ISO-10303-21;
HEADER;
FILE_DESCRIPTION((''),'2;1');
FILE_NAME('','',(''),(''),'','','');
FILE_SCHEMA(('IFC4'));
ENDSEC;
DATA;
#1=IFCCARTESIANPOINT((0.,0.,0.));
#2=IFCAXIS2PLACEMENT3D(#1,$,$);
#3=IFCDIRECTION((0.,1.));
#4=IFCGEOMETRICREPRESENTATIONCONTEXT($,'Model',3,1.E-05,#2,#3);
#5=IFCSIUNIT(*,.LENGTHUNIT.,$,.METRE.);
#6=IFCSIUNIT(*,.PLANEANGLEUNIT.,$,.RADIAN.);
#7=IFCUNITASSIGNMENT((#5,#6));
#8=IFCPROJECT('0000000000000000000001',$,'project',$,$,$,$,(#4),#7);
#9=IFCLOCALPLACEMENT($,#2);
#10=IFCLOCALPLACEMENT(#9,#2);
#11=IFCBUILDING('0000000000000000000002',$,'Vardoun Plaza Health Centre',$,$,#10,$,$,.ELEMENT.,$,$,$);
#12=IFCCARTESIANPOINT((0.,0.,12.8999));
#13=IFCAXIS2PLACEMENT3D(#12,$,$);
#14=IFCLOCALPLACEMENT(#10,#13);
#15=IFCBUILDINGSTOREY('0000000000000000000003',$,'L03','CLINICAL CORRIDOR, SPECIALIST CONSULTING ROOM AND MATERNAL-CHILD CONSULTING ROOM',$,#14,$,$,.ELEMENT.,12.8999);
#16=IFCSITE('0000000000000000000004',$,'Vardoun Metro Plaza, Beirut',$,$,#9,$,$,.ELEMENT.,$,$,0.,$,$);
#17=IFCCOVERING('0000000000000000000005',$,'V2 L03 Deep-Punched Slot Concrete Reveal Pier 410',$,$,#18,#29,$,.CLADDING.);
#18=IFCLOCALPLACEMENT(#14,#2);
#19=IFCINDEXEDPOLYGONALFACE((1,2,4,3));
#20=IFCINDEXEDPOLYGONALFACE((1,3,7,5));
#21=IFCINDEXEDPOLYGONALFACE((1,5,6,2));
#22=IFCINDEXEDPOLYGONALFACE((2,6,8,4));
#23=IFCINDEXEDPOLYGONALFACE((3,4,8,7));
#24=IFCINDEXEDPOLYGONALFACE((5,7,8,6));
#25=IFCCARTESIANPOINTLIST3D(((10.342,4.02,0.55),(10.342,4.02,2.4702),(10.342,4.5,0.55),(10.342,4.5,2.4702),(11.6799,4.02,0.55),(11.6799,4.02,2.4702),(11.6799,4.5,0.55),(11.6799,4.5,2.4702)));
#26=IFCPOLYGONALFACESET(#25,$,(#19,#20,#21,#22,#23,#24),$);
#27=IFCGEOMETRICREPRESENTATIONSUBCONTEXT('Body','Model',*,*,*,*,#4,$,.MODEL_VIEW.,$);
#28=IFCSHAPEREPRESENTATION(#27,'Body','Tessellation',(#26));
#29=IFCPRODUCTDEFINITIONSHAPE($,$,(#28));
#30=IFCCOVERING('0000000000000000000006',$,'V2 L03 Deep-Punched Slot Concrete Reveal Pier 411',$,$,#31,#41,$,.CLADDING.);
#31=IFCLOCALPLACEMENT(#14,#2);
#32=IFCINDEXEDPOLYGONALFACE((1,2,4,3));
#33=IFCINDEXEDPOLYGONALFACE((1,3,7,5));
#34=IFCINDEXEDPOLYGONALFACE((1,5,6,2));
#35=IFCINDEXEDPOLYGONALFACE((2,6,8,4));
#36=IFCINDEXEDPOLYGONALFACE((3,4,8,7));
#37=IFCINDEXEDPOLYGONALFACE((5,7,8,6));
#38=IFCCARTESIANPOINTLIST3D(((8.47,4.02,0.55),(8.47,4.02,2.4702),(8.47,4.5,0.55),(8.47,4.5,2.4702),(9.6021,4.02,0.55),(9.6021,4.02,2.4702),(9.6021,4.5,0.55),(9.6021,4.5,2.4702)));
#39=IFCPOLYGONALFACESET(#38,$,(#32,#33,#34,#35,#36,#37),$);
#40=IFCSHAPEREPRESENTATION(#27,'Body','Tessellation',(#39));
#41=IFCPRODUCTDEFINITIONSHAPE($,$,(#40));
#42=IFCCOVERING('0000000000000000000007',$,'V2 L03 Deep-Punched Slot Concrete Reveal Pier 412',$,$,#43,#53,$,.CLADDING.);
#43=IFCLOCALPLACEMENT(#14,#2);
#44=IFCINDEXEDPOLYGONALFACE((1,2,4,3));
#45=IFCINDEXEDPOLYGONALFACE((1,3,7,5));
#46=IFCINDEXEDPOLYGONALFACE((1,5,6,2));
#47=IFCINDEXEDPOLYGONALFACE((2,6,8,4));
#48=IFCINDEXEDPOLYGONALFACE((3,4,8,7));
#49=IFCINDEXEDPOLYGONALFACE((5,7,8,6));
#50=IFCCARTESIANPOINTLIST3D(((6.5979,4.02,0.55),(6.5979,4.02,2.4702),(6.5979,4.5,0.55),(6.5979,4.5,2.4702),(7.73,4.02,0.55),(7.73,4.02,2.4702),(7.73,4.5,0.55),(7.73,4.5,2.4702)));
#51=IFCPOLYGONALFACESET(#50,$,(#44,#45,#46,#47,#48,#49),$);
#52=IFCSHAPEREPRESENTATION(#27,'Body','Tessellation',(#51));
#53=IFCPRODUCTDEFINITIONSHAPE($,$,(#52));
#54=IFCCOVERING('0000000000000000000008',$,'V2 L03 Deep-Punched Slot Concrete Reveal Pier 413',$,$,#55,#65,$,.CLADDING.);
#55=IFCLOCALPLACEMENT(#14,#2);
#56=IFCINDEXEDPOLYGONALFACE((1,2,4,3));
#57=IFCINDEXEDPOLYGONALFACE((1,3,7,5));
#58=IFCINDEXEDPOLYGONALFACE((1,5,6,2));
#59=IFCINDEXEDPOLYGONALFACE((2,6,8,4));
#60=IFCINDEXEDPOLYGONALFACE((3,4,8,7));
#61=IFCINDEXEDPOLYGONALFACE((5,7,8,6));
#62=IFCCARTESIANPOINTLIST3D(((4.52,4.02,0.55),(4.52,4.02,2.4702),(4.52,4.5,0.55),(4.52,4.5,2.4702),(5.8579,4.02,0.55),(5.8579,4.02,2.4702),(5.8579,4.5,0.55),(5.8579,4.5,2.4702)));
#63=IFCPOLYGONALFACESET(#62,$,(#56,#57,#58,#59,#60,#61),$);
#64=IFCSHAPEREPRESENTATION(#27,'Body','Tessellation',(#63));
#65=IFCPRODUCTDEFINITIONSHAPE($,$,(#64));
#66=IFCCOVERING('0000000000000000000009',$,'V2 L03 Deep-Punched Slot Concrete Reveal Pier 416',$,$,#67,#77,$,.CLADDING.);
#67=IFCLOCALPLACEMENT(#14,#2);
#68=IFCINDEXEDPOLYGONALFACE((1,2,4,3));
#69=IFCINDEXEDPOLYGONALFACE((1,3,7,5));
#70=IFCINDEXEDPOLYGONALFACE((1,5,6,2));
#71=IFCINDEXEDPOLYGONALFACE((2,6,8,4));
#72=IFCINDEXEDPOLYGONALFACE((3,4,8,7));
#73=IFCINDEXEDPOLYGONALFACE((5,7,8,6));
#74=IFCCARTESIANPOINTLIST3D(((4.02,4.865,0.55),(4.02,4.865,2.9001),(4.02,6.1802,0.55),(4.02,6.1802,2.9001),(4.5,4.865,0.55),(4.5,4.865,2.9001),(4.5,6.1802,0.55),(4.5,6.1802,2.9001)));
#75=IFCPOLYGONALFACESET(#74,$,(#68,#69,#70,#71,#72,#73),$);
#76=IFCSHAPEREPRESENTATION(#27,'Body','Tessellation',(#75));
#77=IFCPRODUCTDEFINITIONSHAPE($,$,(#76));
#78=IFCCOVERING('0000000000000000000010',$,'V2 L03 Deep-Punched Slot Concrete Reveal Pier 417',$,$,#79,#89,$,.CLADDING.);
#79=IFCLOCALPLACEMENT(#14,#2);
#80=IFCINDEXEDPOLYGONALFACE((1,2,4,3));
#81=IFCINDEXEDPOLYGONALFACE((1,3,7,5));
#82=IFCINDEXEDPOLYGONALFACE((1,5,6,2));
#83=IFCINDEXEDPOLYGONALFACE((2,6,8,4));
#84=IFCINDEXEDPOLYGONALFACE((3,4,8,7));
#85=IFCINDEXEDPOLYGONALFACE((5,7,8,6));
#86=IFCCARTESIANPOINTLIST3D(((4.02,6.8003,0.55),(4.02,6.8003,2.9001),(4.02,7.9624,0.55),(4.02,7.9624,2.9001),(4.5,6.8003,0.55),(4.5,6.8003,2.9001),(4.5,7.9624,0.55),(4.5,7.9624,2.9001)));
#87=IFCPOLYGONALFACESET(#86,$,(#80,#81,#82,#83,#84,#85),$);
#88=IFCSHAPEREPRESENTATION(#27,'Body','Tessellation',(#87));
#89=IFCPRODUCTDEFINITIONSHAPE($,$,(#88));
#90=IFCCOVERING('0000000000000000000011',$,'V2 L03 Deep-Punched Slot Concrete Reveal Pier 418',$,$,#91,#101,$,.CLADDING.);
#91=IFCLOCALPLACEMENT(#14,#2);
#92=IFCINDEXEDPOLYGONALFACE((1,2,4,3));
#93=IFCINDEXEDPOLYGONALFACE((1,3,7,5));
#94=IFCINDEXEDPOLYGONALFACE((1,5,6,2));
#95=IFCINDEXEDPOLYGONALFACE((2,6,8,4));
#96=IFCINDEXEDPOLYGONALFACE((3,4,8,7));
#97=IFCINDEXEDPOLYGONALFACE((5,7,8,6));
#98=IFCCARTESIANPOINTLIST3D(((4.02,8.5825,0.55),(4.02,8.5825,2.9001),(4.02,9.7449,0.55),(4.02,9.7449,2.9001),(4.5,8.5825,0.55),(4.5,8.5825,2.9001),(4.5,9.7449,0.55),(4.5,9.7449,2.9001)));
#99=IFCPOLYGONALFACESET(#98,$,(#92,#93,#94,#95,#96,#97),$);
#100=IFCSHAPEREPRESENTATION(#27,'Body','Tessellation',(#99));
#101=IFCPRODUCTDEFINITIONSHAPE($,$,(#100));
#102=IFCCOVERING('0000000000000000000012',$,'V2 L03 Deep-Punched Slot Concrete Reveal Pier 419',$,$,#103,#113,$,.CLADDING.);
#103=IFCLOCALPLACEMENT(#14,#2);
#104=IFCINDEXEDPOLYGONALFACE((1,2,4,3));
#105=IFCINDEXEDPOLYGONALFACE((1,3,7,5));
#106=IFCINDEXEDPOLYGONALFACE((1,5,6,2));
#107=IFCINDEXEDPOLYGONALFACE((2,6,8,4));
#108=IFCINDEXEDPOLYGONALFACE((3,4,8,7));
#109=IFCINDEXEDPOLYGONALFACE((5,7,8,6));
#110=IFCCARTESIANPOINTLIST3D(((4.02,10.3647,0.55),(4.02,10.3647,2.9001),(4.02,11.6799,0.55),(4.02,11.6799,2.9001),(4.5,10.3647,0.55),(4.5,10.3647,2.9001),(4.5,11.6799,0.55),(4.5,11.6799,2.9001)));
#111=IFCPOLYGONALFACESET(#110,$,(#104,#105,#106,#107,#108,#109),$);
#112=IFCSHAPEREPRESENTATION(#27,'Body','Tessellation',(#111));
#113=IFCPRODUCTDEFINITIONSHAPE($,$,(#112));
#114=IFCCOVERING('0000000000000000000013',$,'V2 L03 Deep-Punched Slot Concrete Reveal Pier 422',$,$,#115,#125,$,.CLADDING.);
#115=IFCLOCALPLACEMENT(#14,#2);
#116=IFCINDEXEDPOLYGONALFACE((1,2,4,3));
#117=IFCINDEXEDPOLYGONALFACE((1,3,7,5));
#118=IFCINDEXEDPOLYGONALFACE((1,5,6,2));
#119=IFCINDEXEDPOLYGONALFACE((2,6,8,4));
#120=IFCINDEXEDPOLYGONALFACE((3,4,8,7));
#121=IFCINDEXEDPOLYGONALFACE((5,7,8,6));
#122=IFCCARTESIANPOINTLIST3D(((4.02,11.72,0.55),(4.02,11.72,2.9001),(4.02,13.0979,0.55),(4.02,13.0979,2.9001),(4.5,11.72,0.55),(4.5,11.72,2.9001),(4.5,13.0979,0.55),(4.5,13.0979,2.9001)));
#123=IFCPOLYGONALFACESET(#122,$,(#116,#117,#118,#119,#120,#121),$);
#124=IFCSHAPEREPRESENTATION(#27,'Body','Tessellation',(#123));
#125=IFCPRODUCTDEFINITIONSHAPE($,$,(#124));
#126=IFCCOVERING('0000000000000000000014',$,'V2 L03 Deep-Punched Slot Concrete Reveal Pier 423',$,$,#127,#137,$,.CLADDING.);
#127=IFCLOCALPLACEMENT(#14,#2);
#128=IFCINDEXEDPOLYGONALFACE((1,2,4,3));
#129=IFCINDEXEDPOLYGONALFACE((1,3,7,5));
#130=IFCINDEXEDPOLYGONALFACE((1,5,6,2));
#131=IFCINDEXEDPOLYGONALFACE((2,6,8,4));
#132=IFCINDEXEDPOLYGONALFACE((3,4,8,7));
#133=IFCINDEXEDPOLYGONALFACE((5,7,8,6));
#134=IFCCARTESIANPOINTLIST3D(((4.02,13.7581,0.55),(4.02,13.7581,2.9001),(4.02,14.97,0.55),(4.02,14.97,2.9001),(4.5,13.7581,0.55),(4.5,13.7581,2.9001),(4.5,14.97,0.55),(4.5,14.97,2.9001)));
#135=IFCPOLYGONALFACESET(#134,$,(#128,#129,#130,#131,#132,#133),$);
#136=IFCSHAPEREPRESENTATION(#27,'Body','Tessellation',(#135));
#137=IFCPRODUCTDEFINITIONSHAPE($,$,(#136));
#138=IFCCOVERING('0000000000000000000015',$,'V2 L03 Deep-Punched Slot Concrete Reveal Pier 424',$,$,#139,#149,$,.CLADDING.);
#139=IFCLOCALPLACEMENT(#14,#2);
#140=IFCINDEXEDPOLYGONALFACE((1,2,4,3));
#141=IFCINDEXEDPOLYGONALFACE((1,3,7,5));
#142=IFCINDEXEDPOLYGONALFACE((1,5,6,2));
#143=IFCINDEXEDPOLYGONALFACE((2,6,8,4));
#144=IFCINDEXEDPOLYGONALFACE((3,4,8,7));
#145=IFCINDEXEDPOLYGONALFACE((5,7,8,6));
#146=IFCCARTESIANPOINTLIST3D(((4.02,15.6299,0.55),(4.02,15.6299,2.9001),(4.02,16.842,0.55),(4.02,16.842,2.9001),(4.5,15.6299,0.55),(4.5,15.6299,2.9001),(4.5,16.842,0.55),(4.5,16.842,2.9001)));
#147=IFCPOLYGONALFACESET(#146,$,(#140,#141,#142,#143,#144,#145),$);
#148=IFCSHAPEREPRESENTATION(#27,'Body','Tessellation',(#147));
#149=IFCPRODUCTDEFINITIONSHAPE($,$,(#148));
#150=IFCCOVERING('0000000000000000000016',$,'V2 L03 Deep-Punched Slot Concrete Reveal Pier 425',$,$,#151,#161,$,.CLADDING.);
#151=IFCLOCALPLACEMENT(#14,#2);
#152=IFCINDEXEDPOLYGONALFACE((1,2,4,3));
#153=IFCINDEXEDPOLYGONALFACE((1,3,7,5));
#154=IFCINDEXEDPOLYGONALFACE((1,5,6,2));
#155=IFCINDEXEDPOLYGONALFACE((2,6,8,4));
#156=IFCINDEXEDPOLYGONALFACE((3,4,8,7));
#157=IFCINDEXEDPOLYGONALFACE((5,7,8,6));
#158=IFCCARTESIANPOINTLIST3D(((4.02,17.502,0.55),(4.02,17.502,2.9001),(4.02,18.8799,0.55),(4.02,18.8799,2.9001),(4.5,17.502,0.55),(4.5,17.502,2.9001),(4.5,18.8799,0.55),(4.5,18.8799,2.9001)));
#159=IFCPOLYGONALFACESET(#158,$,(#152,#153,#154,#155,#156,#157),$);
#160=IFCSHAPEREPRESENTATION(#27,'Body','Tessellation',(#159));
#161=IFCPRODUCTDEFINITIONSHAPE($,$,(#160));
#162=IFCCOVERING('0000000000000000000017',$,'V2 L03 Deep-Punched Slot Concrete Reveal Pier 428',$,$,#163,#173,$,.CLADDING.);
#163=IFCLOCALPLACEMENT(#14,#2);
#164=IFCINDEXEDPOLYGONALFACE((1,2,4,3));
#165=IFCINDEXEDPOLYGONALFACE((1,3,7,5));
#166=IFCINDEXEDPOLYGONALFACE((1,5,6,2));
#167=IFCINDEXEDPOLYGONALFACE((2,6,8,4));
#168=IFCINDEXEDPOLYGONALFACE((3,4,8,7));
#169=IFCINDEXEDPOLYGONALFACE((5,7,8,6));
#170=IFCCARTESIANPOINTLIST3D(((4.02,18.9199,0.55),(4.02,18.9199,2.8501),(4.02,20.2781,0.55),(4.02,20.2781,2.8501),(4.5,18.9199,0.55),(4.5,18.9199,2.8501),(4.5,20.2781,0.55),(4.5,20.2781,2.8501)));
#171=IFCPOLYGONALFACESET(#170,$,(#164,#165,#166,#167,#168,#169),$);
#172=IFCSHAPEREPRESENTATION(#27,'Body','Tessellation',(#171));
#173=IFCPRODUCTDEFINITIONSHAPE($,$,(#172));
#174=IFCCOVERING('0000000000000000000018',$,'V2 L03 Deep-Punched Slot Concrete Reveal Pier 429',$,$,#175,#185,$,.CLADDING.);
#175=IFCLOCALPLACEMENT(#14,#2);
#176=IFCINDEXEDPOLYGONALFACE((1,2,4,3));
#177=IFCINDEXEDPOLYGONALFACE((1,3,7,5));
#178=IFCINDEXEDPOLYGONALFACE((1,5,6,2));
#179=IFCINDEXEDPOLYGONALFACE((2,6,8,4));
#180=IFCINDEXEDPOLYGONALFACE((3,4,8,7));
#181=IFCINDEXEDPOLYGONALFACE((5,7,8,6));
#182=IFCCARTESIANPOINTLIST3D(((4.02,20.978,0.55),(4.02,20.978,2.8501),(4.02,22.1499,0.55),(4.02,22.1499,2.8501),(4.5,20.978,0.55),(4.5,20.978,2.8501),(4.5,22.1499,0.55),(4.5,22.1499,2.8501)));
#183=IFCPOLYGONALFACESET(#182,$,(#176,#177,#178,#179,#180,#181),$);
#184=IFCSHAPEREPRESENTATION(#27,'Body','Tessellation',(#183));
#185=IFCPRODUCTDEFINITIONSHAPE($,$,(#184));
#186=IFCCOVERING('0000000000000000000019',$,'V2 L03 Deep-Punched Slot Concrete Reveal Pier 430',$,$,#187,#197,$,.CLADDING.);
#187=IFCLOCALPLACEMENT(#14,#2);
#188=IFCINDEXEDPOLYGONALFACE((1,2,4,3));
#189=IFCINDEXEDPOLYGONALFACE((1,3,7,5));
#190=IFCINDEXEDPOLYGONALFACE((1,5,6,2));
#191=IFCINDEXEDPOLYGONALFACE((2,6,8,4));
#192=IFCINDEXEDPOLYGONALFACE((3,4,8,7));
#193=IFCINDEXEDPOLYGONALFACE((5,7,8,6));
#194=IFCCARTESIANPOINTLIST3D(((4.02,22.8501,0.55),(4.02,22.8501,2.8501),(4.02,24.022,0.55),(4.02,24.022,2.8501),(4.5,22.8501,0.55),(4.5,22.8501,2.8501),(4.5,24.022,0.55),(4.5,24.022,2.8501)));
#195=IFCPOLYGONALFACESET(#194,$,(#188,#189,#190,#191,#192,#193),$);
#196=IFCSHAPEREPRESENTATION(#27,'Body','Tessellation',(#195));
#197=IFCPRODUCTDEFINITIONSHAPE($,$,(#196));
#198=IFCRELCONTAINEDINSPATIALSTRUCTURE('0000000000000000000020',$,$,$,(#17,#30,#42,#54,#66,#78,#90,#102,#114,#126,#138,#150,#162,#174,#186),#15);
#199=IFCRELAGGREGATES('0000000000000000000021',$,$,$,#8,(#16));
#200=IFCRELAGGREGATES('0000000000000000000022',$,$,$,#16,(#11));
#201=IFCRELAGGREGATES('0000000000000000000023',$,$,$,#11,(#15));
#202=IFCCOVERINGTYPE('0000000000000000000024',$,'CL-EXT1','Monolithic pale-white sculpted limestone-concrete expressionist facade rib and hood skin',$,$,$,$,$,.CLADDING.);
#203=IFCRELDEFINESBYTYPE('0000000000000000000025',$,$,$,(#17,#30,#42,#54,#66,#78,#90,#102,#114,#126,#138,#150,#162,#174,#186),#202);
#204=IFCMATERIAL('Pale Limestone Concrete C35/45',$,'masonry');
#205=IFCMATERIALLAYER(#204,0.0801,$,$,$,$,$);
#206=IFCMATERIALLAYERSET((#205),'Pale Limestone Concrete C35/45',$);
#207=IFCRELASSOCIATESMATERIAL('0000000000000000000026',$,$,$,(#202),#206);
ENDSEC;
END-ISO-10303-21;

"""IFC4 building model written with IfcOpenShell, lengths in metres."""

from ifc_helpers import new_model, si_unit, direction, frame, origin, place, context, subcontext, project, spatial, polyline, outline, extrude, material, layer, layer_set, type_object, element, save


model = new_model("IFC4")

# Units and contexts
model_context = context("Model", 3, precision=1e-05, world=origin(), true_north=direction((0.0, 1.0)))
body_context = subcontext(model_context, "Body", "Model", "MODEL_VIEW")
ifc_project = project(units=[si_unit("LENGTHUNIT", "METRE"), si_unit("PLANEANGLEUNIT", "RADIAN")], contexts=[model_context])

# Site, building, storey
site_placement = place(None, origin())
site = spatial("IfcSite", under=ifc_project, at=site_placement, Name="Vardoun Metro Plaza, Beirut", CompositionType="ELEMENT", RefElevation=0.0)
building_placement = place(site_placement, origin())
building = spatial("IfcBuilding", under=site, at=building_placement, Name="Vardoun Plaza Health Centre", CompositionType="ELEMENT")
storey_placement = place(building_placement, frame((0.0, 0.0, 12.8999)))
storey = spatial("IfcBuildingStorey", under=building, at=storey_placement, Name="L03", Description="CLINICAL CORRIDOR, SPECIALIST CONSULTING ROOM AND MATERNAL-CHILD CONSULTING ROOM", CompositionType="ELEMENT", Elevation=12.8999)

# Coverings
ifc_material = material(Name="Pale Limestone Concrete C35/45", Category="masonry")
ifc_layer = layer(ifc_material, 0.0801)
ifc_layer_set = layer_set([ifc_layer], Name="Pale Limestone Concrete C35/45")
covering_type = type_object("IfcCoveringType", Name="CL-EXT1", Description="Monolithic pale-white sculpted limestone-concrete expressionist facade rib and hood skin", PredefinedType="CLADDING", material=ifc_layer_set)
covering_1_placement = place(storey_placement, frame((0.0, 0.0, 0.55)))
element("IfcCovering", 1, at=covering_1_placement, inside=storey, type_object=covering_type, Name="V2 L03 Deep-Punched Slot Concrete Reveal Pier 410", PredefinedType="CLADDING", context=body_context, shape_type="SweptSolid", body=[
    extrude(outline(polyline([(11.6799, 4.5), (10.342, 4.5), (10.342, 4.02), (11.6799, 4.02), (11.6799, 4.5)])), origin(), (0.0, 0.0, 1.0), 1.9202),
])
covering_2_placement = place(storey_placement, frame((0.0, 0.0, 0.55)))
element("IfcCovering", 2, at=covering_2_placement, inside=storey, type_object=covering_type, Name="V2 L03 Deep-Punched Slot Concrete Reveal Pier 411", PredefinedType="CLADDING", context=body_context, shape_type="SweptSolid", body=[
    extrude(outline(polyline([(9.6021, 4.5), (8.47, 4.5), (8.47, 4.02), (9.6021, 4.02), (9.6021, 4.5)])), origin(), (0.0, 0.0, 1.0), 1.9202),
])
covering_3_placement = place(storey_placement, frame((0.0, 0.0, 0.55)))
element("IfcCovering", 3, at=covering_3_placement, inside=storey, type_object=covering_type, Name="V2 L03 Deep-Punched Slot Concrete Reveal Pier 412", PredefinedType="CLADDING", context=body_context, shape_type="SweptSolid", body=[
    extrude(outline(polyline([(7.73, 4.5), (6.5979, 4.5), (6.5979, 4.02), (7.73, 4.02), (7.73, 4.5)])), origin(), (0.0, 0.0, 1.0), 1.9202),
])
covering_4_placement = place(storey_placement, frame((0.0, 0.0, 0.55)))
element("IfcCovering", 4, at=covering_4_placement, inside=storey, type_object=covering_type, Name="V2 L03 Deep-Punched Slot Concrete Reveal Pier 413", PredefinedType="CLADDING", context=body_context, shape_type="SweptSolid", body=[
    extrude(outline(polyline([(5.8579, 4.5), (4.52, 4.5), (4.52, 4.02), (5.8579, 4.02), (5.8579, 4.5)])), origin(), (0.0, 0.0, 1.0), 1.9202),
])
covering_5_placement = place(storey_placement, frame((0.0, 0.0, 0.55)))
element("IfcCovering", 5, at=covering_5_placement, inside=storey, type_object=covering_type, Name="V2 L03 Deep-Punched Slot Concrete Reveal Pier 416", PredefinedType="CLADDING", context=body_context, shape_type="SweptSolid", body=[
    extrude(outline(polyline([(4.5, 4.865), (4.5, 6.1802), (4.02, 6.1802), (4.02, 4.865), (4.5, 4.865)])), origin(), (0.0, 0.0, 1.0), 2.3501),
])
covering_6_placement = place(storey_placement, frame((0.0, 0.0, 0.55)))
element("IfcCovering", 6, at=covering_6_placement, inside=storey, type_object=covering_type, Name="V2 L03 Deep-Punched Slot Concrete Reveal Pier 417", PredefinedType="CLADDING", context=body_context, shape_type="SweptSolid", body=[
    extrude(outline(polyline([(4.5, 6.8003), (4.5, 7.9624), (4.02, 7.9624), (4.02, 6.8003), (4.5, 6.8003)])), origin(), (0.0, 0.0, 1.0), 2.3501),
])
covering_7_placement = place(storey_placement, frame((0.0, 0.0, 0.55)))
element("IfcCovering", 7, at=covering_7_placement, inside=storey, type_object=covering_type, Name="V2 L03 Deep-Punched Slot Concrete Reveal Pier 418", PredefinedType="CLADDING", context=body_context, shape_type="SweptSolid", body=[
    extrude(outline(polyline([(4.5, 8.5825), (4.5, 9.7449), (4.02, 9.7449), (4.02, 8.5825), (4.5, 8.5825)])), origin(), (0.0, 0.0, 1.0), 2.3501),
])
covering_8_placement = place(storey_placement, frame((0.0, 0.0, 0.55)))
element("IfcCovering", 8, at=covering_8_placement, inside=storey, type_object=covering_type, Name="V2 L03 Deep-Punched Slot Concrete Reveal Pier 419", PredefinedType="CLADDING", context=body_context, shape_type="SweptSolid", body=[
    extrude(outline(polyline([(4.5, 10.3647), (4.5, 11.6799), (4.02, 11.6799), (4.02, 10.3647), (4.5, 10.3647)])), origin(), (0.0, 0.0, 1.0), 2.3501),
])
covering_9_placement = place(storey_placement, frame((0.0, 0.0, 0.55)))
element("IfcCovering", 9, at=covering_9_placement, inside=storey, type_object=covering_type, Name="V2 L03 Deep-Punched Slot Concrete Reveal Pier 422", PredefinedType="CLADDING", context=body_context, shape_type="SweptSolid", body=[
    extrude(outline(polyline([(4.5, 11.72), (4.5, 13.0979), (4.02, 13.0979), (4.02, 11.72), (4.5, 11.72)])), origin(), (0.0, 0.0, 1.0), 2.3501),
])
covering_10_placement = place(storey_placement, frame((0.0, 0.0, 0.55)))
element("IfcCovering", 10, at=covering_10_placement, inside=storey, type_object=covering_type, Name="V2 L03 Deep-Punched Slot Concrete Reveal Pier 423", PredefinedType="CLADDING", context=body_context, shape_type="SweptSolid", body=[
    extrude(outline(polyline([(4.5, 13.7581), (4.5, 14.97), (4.02, 14.97), (4.02, 13.7581), (4.5, 13.7581)])), origin(), (0.0, 0.0, 1.0), 2.3501),
])
covering_11_placement = place(storey_placement, frame((0.0, 0.0, 0.55)))
element("IfcCovering", 11, at=covering_11_placement, inside=storey, type_object=covering_type, Name="V2 L03 Deep-Punched Slot Concrete Reveal Pier 424", PredefinedType="CLADDING", context=body_context, shape_type="SweptSolid", body=[
    extrude(outline(polyline([(4.5, 15.6299), (4.5, 16.842), (4.02, 16.842), (4.02, 15.6299), (4.5, 15.6299)])), origin(), (0.0, 0.0, 1.0), 2.3501),
])
covering_12_placement = place(storey_placement, frame((0.0, 0.0, 0.55)))
element("IfcCovering", 12, at=covering_12_placement, inside=storey, type_object=covering_type, Name="V2 L03 Deep-Punched Slot Concrete Reveal Pier 425", PredefinedType="CLADDING", context=body_context, shape_type="SweptSolid", body=[
    extrude(outline(polyline([(4.5, 17.502), (4.5, 18.8799), (4.02, 18.8799), (4.02, 17.502), (4.5, 17.502)])), origin(), (0.0, 0.0, 1.0), 2.3501),
])
covering_13_placement = place(storey_placement, frame((0.0, 0.0, 0.55)))
element("IfcCovering", 13, at=covering_13_placement, inside=storey, type_object=covering_type, Name="V2 L03 Deep-Punched Slot Concrete Reveal Pier 428", PredefinedType="CLADDING", context=body_context, shape_type="SweptSolid", body=[
    extrude(outline(polyline([(4.5, 18.9199), (4.5, 20.2781), (4.02, 20.2781), (4.02, 18.9199), (4.5, 18.9199)])), origin(), (0.0, 0.0, 1.0), 2.3),
])
covering_14_placement = place(storey_placement, frame((0.0, 0.0, 0.55)))
element("IfcCovering", 14, at=covering_14_placement, inside=storey, type_object=covering_type, Name="V2 L03 Deep-Punched Slot Concrete Reveal Pier 429", PredefinedType="CLADDING", context=body_context, shape_type="SweptSolid", body=[
    extrude(outline(polyline([(4.5, 20.978), (4.5, 22.1499), (4.02, 22.1499), (4.02, 20.978), (4.5, 20.978)])), origin(), (0.0, 0.0, 1.0), 2.3),
])
covering_15_placement = place(storey_placement, frame((0.0, 0.0, 0.55)))
element("IfcCovering", 15, at=covering_15_placement, inside=storey, type_object=covering_type, Name="V2 L03 Deep-Punched Slot Concrete Reveal Pier 430", PredefinedType="CLADDING", context=body_context, shape_type="SweptSolid", body=[
    extrude(outline(polyline([(4.5, 22.8501), (4.5, 24.022), (4.02, 24.022), (4.02, 22.8501), (4.5, 22.8501)])), origin(), (0.0, 0.0, 1.0), 2.3),
])

save(model, "model.ifc")
